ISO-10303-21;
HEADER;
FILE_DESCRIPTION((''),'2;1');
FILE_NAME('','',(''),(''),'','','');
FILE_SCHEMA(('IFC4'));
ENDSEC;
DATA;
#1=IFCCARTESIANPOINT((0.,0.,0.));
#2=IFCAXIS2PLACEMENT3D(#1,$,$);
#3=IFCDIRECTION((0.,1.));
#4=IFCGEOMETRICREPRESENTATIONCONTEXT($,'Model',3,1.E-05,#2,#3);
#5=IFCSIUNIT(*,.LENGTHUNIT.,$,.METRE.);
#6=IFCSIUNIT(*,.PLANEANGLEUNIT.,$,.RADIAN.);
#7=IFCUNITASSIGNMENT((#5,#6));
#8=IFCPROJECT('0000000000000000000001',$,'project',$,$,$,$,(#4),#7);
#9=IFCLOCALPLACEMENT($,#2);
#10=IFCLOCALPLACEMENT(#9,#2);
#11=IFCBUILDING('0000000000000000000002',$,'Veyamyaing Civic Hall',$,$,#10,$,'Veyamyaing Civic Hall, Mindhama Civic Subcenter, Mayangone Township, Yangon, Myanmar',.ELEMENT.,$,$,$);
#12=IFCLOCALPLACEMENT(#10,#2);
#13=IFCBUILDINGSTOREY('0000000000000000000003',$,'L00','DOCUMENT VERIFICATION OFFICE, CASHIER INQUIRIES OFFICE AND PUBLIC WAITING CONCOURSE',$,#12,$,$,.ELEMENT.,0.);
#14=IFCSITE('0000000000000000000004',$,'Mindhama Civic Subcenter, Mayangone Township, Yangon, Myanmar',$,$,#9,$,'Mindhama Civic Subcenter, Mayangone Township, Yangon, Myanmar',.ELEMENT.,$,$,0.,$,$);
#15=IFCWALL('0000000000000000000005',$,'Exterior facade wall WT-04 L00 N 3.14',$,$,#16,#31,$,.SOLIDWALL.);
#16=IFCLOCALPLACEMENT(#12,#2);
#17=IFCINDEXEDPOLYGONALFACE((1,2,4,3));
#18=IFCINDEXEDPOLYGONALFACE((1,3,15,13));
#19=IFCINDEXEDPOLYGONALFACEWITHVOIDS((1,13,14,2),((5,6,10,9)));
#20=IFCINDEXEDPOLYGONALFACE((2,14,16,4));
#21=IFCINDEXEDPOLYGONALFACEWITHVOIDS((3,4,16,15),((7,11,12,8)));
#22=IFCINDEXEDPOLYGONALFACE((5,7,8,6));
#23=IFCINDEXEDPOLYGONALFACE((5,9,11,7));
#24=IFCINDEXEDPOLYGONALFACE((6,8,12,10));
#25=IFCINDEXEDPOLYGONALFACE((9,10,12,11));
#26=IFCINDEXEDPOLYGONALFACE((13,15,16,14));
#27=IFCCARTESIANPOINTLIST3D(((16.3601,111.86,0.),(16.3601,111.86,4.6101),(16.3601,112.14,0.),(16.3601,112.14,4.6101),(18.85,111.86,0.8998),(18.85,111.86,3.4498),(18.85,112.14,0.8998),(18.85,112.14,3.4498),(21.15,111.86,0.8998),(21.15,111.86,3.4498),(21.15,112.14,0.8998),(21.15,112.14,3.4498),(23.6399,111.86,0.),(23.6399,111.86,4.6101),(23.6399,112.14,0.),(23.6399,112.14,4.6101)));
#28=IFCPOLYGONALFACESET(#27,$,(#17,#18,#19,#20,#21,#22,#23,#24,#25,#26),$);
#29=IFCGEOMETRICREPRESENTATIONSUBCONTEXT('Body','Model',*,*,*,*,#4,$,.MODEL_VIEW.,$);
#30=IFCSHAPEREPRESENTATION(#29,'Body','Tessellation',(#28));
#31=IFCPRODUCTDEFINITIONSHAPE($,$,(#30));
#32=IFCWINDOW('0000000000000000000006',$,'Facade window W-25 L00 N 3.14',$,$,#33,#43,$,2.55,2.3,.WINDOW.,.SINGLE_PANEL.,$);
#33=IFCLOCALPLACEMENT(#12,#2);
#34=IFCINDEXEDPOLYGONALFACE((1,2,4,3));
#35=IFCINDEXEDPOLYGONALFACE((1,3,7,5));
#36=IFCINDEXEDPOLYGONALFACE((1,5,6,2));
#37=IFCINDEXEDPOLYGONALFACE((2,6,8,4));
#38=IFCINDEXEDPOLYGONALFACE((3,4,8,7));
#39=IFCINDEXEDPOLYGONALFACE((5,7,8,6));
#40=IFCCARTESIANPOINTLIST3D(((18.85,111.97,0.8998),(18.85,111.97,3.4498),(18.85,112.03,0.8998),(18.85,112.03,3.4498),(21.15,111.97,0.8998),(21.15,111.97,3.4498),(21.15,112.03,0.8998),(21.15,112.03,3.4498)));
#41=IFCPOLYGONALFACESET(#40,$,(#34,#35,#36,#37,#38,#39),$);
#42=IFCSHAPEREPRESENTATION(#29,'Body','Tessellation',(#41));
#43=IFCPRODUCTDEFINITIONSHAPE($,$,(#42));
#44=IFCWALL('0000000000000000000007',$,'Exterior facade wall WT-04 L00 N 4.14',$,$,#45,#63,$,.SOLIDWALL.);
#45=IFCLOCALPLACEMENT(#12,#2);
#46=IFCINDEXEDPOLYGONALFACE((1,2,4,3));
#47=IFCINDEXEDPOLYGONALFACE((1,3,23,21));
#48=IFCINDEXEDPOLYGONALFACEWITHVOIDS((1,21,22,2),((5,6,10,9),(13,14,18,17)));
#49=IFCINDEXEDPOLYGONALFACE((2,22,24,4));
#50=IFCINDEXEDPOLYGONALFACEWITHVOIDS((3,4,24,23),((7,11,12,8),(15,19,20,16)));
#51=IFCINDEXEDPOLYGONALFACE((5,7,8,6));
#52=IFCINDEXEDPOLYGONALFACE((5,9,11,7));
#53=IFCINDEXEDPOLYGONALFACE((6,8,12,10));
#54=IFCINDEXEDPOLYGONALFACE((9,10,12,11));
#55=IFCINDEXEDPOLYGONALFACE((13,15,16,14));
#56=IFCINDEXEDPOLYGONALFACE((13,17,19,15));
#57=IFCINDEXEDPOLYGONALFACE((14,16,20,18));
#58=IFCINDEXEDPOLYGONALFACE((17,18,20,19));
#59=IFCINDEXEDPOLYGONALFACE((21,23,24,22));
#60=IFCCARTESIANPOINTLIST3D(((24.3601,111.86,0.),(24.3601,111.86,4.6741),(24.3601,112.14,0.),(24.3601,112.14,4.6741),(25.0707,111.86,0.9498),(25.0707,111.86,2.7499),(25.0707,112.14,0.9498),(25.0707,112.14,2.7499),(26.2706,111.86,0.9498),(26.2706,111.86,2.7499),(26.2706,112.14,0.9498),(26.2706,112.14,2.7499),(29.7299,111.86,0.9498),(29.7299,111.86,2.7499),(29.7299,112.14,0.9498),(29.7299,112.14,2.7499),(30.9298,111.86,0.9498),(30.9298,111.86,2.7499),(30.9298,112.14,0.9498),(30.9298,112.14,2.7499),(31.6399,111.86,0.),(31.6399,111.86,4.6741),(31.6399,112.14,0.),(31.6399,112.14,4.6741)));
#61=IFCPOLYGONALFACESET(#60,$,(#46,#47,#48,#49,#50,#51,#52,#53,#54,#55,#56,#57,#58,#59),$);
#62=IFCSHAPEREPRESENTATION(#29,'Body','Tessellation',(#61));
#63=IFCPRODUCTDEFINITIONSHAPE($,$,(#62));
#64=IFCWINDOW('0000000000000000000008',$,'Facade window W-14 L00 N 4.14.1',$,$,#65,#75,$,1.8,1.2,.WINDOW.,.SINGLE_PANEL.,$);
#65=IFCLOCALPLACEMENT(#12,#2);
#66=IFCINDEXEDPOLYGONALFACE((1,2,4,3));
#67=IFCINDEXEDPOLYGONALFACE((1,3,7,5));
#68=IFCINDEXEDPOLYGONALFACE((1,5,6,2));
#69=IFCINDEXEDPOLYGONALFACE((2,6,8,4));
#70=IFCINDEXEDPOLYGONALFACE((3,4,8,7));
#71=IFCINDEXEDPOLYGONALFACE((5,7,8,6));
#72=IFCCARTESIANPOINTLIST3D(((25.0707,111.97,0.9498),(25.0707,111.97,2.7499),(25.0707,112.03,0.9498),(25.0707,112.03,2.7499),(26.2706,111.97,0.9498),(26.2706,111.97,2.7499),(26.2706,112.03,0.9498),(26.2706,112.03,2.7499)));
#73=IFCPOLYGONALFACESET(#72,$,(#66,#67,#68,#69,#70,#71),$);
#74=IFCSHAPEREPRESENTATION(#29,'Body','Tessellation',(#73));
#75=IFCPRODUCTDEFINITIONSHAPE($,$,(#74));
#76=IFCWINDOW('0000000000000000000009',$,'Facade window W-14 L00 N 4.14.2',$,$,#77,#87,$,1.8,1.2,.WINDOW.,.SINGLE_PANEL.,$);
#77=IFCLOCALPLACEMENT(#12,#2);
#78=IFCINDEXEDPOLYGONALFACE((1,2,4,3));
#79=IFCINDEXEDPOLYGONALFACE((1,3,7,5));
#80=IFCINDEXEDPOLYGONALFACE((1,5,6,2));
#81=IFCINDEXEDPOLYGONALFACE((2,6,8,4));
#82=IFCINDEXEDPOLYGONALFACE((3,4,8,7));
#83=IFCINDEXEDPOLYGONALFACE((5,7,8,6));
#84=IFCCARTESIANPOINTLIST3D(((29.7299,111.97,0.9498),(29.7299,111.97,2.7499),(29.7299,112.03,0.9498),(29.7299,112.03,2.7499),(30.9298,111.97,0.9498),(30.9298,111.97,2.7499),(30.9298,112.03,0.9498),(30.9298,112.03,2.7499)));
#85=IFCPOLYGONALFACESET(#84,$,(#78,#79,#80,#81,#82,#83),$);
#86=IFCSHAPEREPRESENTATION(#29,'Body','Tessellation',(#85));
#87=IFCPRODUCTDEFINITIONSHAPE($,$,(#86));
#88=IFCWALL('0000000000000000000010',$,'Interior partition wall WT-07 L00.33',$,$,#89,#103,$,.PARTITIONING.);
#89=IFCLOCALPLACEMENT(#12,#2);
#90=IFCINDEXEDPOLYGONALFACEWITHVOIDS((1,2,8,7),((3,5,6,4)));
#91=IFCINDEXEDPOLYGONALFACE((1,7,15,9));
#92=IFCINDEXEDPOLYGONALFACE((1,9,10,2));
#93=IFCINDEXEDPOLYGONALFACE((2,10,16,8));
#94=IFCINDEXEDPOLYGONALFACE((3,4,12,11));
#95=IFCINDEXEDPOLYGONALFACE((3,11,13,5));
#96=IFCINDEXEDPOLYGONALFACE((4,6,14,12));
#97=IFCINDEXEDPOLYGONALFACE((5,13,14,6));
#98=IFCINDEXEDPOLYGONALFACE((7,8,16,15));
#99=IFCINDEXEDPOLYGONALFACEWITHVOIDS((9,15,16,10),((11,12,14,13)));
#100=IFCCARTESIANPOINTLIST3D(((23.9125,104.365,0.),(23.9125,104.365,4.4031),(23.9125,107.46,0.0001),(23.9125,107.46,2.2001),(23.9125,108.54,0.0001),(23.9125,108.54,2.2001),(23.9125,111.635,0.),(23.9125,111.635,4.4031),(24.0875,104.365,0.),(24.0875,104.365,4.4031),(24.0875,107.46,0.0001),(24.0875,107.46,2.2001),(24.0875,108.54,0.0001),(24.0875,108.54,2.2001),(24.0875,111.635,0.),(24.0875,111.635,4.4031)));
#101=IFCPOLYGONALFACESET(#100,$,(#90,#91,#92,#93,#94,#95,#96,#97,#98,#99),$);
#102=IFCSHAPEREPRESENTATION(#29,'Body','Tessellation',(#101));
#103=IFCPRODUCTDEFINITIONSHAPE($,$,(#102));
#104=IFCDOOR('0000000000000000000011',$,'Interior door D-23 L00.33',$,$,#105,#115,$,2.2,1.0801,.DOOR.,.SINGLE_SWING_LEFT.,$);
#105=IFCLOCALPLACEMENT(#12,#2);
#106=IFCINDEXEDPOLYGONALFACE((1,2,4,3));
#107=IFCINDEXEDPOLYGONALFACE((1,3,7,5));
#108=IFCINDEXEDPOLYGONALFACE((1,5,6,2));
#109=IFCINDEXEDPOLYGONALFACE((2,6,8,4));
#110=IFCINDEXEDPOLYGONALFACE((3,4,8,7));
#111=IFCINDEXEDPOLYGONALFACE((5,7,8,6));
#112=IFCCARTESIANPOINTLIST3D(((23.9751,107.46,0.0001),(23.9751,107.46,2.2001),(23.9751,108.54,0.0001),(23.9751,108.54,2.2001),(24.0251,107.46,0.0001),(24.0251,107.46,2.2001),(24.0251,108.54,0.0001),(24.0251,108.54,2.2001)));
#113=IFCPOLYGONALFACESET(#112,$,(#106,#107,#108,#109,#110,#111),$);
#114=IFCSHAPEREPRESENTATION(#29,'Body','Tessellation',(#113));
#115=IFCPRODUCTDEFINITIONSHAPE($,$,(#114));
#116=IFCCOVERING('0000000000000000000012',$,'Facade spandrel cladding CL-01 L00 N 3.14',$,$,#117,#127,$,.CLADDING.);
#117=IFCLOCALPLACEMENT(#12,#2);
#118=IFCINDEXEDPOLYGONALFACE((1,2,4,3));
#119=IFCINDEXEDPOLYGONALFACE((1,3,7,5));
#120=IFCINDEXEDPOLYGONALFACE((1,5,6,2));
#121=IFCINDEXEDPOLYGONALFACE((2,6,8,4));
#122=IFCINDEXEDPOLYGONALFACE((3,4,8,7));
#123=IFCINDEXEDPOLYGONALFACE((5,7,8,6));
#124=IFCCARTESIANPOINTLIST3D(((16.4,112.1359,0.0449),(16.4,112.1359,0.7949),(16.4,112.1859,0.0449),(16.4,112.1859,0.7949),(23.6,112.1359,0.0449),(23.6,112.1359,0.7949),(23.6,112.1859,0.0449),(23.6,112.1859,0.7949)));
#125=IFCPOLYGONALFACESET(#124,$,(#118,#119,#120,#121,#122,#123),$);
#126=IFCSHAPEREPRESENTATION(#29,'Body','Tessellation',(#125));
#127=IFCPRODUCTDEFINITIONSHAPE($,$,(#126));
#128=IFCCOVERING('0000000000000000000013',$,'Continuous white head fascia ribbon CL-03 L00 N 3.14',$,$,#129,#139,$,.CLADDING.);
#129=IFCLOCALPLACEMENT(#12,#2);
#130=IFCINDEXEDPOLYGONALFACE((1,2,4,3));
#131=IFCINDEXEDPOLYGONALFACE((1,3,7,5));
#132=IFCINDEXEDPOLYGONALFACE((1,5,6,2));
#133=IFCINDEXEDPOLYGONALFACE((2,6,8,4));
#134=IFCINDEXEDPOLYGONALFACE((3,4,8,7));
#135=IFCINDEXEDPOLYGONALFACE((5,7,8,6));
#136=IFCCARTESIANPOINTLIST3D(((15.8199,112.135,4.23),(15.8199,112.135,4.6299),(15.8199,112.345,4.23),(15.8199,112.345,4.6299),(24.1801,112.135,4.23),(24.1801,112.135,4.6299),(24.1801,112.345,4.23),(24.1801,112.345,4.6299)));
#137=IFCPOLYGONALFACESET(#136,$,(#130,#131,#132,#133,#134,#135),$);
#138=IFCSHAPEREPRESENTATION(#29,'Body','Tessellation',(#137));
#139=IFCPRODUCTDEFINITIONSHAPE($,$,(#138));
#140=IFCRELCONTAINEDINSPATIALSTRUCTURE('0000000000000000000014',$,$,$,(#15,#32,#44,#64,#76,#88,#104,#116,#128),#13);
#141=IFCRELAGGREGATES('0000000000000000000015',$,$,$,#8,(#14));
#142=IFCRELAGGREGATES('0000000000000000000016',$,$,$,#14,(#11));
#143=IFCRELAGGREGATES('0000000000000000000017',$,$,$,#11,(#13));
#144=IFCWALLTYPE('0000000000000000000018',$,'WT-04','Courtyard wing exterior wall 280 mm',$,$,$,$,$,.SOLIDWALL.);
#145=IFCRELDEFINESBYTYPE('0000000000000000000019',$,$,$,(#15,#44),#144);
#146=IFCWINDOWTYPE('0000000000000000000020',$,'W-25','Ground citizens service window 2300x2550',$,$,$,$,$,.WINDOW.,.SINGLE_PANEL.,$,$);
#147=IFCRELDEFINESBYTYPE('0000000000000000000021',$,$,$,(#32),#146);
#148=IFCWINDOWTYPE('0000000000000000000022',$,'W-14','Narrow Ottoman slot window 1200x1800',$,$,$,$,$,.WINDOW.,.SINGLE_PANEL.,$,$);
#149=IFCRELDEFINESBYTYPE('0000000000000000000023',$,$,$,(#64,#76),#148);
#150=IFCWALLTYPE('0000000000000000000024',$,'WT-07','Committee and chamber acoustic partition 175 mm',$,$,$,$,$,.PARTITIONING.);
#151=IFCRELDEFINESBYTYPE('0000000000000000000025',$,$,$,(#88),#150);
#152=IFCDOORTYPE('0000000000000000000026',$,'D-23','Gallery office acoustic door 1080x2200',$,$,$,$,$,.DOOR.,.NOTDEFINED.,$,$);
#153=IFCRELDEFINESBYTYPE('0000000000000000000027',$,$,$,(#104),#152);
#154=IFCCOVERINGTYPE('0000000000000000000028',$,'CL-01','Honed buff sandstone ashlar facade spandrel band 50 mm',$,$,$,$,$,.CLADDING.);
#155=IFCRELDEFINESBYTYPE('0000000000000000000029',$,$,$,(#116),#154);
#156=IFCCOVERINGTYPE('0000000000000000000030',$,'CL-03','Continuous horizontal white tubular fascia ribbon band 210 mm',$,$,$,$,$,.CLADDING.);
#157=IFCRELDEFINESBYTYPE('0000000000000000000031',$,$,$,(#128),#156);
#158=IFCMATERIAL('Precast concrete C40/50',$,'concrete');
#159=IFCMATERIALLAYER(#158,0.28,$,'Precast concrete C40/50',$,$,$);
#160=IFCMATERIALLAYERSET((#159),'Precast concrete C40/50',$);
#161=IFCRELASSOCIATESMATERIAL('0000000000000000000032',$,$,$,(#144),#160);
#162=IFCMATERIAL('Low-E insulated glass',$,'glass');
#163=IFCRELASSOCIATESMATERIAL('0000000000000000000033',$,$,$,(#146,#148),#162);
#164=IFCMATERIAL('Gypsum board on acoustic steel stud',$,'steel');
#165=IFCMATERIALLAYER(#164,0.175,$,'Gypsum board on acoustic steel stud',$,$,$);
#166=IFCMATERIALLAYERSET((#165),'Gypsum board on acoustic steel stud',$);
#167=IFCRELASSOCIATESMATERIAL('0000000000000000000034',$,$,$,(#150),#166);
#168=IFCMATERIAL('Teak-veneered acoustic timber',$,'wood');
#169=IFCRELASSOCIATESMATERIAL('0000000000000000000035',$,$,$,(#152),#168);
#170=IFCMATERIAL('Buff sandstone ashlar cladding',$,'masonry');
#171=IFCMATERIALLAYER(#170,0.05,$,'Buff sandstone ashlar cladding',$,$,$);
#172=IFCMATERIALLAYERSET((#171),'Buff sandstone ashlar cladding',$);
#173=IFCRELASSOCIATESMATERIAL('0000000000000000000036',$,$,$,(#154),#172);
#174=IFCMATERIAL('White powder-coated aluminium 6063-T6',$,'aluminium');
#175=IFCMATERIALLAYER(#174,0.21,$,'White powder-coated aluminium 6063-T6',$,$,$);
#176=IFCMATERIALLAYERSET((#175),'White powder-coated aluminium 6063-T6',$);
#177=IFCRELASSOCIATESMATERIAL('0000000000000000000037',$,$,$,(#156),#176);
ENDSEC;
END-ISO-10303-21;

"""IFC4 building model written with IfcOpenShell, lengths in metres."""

from ifc_helpers import new_model, si_unit, direction, frame, frame_2d, origin, origin_2d, place, context, subcontext, project, spatial, rectangle, extrude, material, layer, layer_set, type_object, element, fill, save


model = new_model("IFC4")

# Units and contexts
model_context = context("Model", 3, precision=1e-05, world=origin(), true_north=direction((0.0, 1.0)))
body_context = subcontext(model_context, "Body", "Model", "MODEL_VIEW")
ifc_project = project(units=[si_unit("LENGTHUNIT", "METRE"), si_unit("PLANEANGLEUNIT", "RADIAN")], contexts=[model_context])

# Site, building, storey
site_placement = place(None, origin())
site = spatial("IfcSite", under=ifc_project, at=site_placement, Name="Mindhama Civic Subcenter, Mayangone Township, Yangon, Myanmar", LongName="Mindhama Civic Subcenter, Mayangone Township, Yangon, Myanmar", CompositionType="ELEMENT", RefElevation=0.0)
building_placement = place(site_placement, origin())
building = spatial("IfcBuilding", under=site, at=building_placement, Name="Veyamyaing Civic Hall", LongName="Veyamyaing Civic Hall, Mindhama Civic Subcenter, Mayangone Township, Yangon, Myanmar", CompositionType="ELEMENT")
storey_placement = place(building_placement, origin())
storey = spatial("IfcBuildingStorey", under=building, at=storey_placement, Name="L00", Description="DOCUMENT VERIFICATION OFFICE, CASHIER INQUIRIES OFFICE AND PUBLIC WAITING CONCOURSE", CompositionType="ELEMENT", Elevation=0.0)

# Wall, opening, window
ifc_material_1 = material(Name="Precast concrete C40/50", Category="concrete")
ifc_layer_1 = layer(ifc_material_1, 0.28, Name="Precast concrete C40/50")
ifc_layer_set_1 = layer_set([ifc_layer_1], Name="Precast concrete C40/50")
wall_type_1 = type_object("IfcWallType", Name="WT-04", Description="Courtyard wing exterior wall 280 mm", PredefinedType="SOLIDWALL", material=ifc_layer_set_1)
wall_1_placement = place(storey_placement, frame((16.3601, 112.0, 0.0), z_axis=(0.0, 0.0, 1.0), x_axis=(1.0, 0.0, 0.0)))
wall_1 = element("IfcWall", 1, at=wall_1_placement, inside=storey, type_object=wall_type_1, Name="Exterior facade wall WT-04 L00 N 3.14", PredefinedType="SOLIDWALL", context=body_context, shape_type="SweptSolid", body=[
    extrude(rectangle(XDim=7.2798, YDim=0.28, at=frame_2d((3.6399, 0.0))), origin(), (0.0, 0.0, 1.0), 4.6101),
])
opening_1_placement = place(wall_1_placement, frame((2.49, 0.0, 0.8999)))
opening_1 = element("IfcOpeningElement", 2, at=opening_1_placement, cuts=wall_1, PredefinedType="OPENING", context=body_context, shape_type="SweptSolid", body=[
    extrude(rectangle(XDim=2.3, YDim=2.55, at=frame_2d((1.1499, 1.2749))), frame((0.0, 0.1499, 0.0), z_axis=(0.0, -1.0, 0.0), x_axis=(1.0, 0.0, 0.0)), (0.0, 0.0, 1.0), 0.3),
])
ifc_material_2 = material(Name="Low-E insulated glass", Category="glass")
window_type_1 = type_object("IfcWindowType", Name="W-25", Description="Ground citizens service window 2300x2550", PartitioningType="SINGLE_PANEL", PredefinedType="WINDOW", material=ifc_material_2)
window_1_placement = place(opening_1_placement, origin())
window_1 = element("IfcWindow", 3, at=window_1_placement, inside=storey, type_object=window_type_1, Name="Facade window W-25 L00 N 3.14", OverallHeight=2.55, OverallWidth=2.3, PartitioningType="SINGLE_PANEL", PredefinedType="WINDOW", context=body_context, shape_type="SweptSolid", body=[
    extrude(rectangle(XDim=2.3, YDim=2.55, at=frame_2d((1.1499, 1.2749))), frame((0.0, 0.03, 0.0), z_axis=(0.0, -1.0, 0.0), x_axis=(1.0, 0.0, 0.0)), (0.0, 0.0, 1.0), 0.0601),
])
fill(opening_1, window_1)

# Wall, openings, windows
wall_2_placement = place(storey_placement, frame((24.3601, 112.0, 0.0), z_axis=(0.0, 0.0, 1.0), x_axis=(1.0, 0.0, 0.0)))
wall_2 = element("IfcWall", 4, at=wall_2_placement, inside=storey, type_object=wall_type_1, Name="Exterior facade wall WT-04 L00 N 4.14", PredefinedType="SOLIDWALL", context=body_context, shape_type="SweptSolid", body=[
    extrude(rectangle(XDim=7.2798, YDim=0.28, at=frame_2d((3.6399, 0.0))), origin(), (0.0, 0.0, 1.0), 4.6741),
])
opening_2_placement = place(wall_2_placement, frame((0.7104, 0.0, 0.95)))
opening_2 = element("IfcOpeningElement", 5, at=opening_2_placement, cuts=wall_2, PredefinedType="OPENING", context=body_context, shape_type="SweptSolid", body=[
    extrude(rectangle(XDim=1.2, YDim=1.8, at=frame_2d((0.6001, 0.8999))), frame((0.0, 0.1499, 0.0), z_axis=(0.0, -1.0, 0.0), x_axis=(1.0, 0.0, 0.0)), (0.0, 0.0, 1.0), 0.3),
])
opening_3_placement = place(wall_2_placement, frame((5.3696, 0.0, 0.95)))
opening_3 = element("IfcOpeningElement", 6, at=opening_3_placement, cuts=wall_2, PredefinedType="OPENING", context=body_context, shape_type="SweptSolid", body=[
    extrude(rectangle(XDim=1.2, YDim=1.8, at=frame_2d((0.6001, 0.8999))), frame((0.0, 0.1499, 0.0), z_axis=(0.0, -1.0, 0.0), x_axis=(1.0, 0.0, 0.0)), (0.0, 0.0, 1.0), 0.3),
])
window_type_2 = type_object("IfcWindowType", Name="W-14", Description="Narrow Ottoman slot window 1200x1800", PartitioningType="SINGLE_PANEL", PredefinedType="WINDOW", material=ifc_material_2)
window_2_placement = place(opening_2_placement, origin())
window_2 = element("IfcWindow", 7, at=window_2_placement, inside=storey, type_object=window_type_2, Name="Facade window W-14 L00 N 4.14.1", OverallHeight=1.8, OverallWidth=1.2, PartitioningType="SINGLE_PANEL", PredefinedType="WINDOW", context=body_context, shape_type="SweptSolid", body=[
    extrude(rectangle(XDim=1.2, YDim=1.8, at=frame_2d((0.6001, 0.8999))), frame((0.0, 0.03, 0.0), z_axis=(0.0, -1.0, 0.0), x_axis=(1.0, 0.0, 0.0)), (0.0, 0.0, 1.0), 0.0601),
])
fill(opening_2, window_2)
window_3_placement = place(opening_3_placement, origin())
window_3 = element("IfcWindow", 8, at=window_3_placement, inside=storey, type_object=window_type_2, Name="Facade window W-14 L00 N 4.14.2", OverallHeight=1.8, OverallWidth=1.2, PartitioningType="SINGLE_PANEL", PredefinedType="WINDOW", context=body_context, shape_type="SweptSolid", body=[
    extrude(rectangle(XDim=1.2, YDim=1.8, at=frame_2d((0.6001, 0.8999))), frame((0.0, 0.03, 0.0), z_axis=(0.0, -1.0, 0.0), x_axis=(1.0, 0.0, 0.0)), (0.0, 0.0, 1.0), 0.0601),
])
fill(opening_3, window_3)

# Wall, opening, door
ifc_material_3 = material(Name="Gypsum board on acoustic steel stud", Category="steel")
ifc_layer_2 = layer(ifc_material_3, 0.175, Name="Gypsum board on acoustic steel stud")
ifc_layer_set_2 = layer_set([ifc_layer_2], Name="Gypsum board on acoustic steel stud")
wall_type_2 = type_object("IfcWallType", Name="WT-07", Description="Committee and chamber acoustic partition 175 mm", PredefinedType="PARTITIONING", material=ifc_layer_set_2)
wall_3_placement = place(storey_placement, frame((24.0, 104.365, 0.0), z_axis=(0.0, 0.0, 1.0), x_axis=(0.0, 1.0, 0.0)))
wall_3 = element("IfcWall", 9, at=wall_3_placement, inside=storey, type_object=wall_type_2, Name="Interior partition wall WT-07 L00.33", PredefinedType="PARTITIONING", context=body_context, shape_type="SweptSolid", body=[
    extrude(rectangle(XDim=7.27, YDim=0.175, at=frame_2d((3.635, 0.0))), origin(), (0.0, 0.0, 1.0), 4.4031),
])
opening_4_placement = place(wall_3_placement, frame((3.095, 0.0, 0.0)))
opening_4 = element("IfcOpeningElement", 10, at=opening_4_placement, cuts=wall_3, PredefinedType="OPENING", context=body_context, shape_type="SweptSolid", body=[
    extrude(rectangle(XDim=1.0801, YDim=2.2, at=frame_2d((0.54, 1.1001))), frame((0.0, 0.0974, 0.0), z_axis=(0.0, -1.0, 0.0), x_axis=(1.0, 0.0, 0.0)), (0.0, 0.0, 1.0), 0.1951),
])
ifc_material_4 = material(Name="Teak-veneered acoustic timber", Category="wood")
door_type = type_object("IfcDoorType", Name="D-23", Description="Gallery office acoustic door 1080x2200", OperationType="NOTDEFINED", PredefinedType="DOOR", material=ifc_material_4)
door_placement = place(opening_4_placement, origin())
door = element("IfcDoor", 11, at=door_placement, inside=storey, type_object=door_type, Name="Interior door D-23 L00.33", OperationType="SINGLE_SWING_LEFT", OverallHeight=2.2, OverallWidth=1.0801, PredefinedType="DOOR", context=body_context, shape_type="SweptSolid", body=[
    extrude(rectangle(XDim=1.0801, YDim=2.2, at=frame_2d((0.54, 1.1001))), frame((0.0, 0.0249, 0.0), z_axis=(0.0, -1.0, 0.0), x_axis=(1.0, 0.0, 0.0)), (0.0, 0.0, 1.0), 0.05),
])
fill(opening_4, door)

# Coverings
ifc_material_5 = material(Name="Buff sandstone ashlar cladding", Category="masonry")
ifc_layer_3 = layer(ifc_material_5, 0.05, Name="Buff sandstone ashlar cladding")
ifc_layer_set_3 = layer_set([ifc_layer_3], Name="Buff sandstone ashlar cladding")
covering_type_1 = type_object("IfcCoveringType", Name="CL-01", Description="Honed buff sandstone ashlar facade spandrel band 50 mm", PredefinedType="CLADDING", material=ifc_layer_set_3)
covering_1_placement = place(storey_placement, frame((20.0, 112.1609, 0.0449), z_axis=(0.0, 0.0, 1.0), x_axis=(1.0, 0.0, 0.0)))
element("IfcCovering", 12, at=covering_1_placement, inside=storey, type_object=covering_type_1, Name="Facade spandrel cladding CL-01 L00 N 3.14", PredefinedType="CLADDING", context=body_context, shape_type="SweptSolid", body=[
    extrude(rectangle(XDim=7.2, YDim=0.05, at=origin_2d()), origin(), (0.0, 0.0, 1.0), 0.75),
])
ifc_material_6 = material(Name="White powder-coated aluminium 6063-T6", Category="aluminium")
ifc_layer_4 = layer(ifc_material_6, 0.21, Name="White powder-coated aluminium 6063-T6")
ifc_layer_set_4 = layer_set([ifc_layer_4], Name="White powder-coated aluminium 6063-T6")
covering_type_2 = type_object("IfcCoveringType", Name="CL-03", Description="Continuous horizontal white tubular fascia ribbon band 210 mm", PredefinedType="CLADDING", material=ifc_layer_set_4)
covering_2_placement = place(storey_placement, frame((20.0, 112.24, 4.23), z_axis=(0.0, 0.0, 1.0), x_axis=(1.0, 0.0, 0.0)))
element("IfcCovering", 13, at=covering_2_placement, inside=storey, type_object=covering_type_2, Name="Continuous white head fascia ribbon CL-03 L00 N 3.14", PredefinedType="CLADDING", context=body_context, shape_type="SweptSolid", body=[
    extrude(rectangle(XDim=8.3601, YDim=0.21, at=origin_2d()), origin(), (0.0, 0.0, 1.0), 0.3999),
])

save(model, "model.ifc")
